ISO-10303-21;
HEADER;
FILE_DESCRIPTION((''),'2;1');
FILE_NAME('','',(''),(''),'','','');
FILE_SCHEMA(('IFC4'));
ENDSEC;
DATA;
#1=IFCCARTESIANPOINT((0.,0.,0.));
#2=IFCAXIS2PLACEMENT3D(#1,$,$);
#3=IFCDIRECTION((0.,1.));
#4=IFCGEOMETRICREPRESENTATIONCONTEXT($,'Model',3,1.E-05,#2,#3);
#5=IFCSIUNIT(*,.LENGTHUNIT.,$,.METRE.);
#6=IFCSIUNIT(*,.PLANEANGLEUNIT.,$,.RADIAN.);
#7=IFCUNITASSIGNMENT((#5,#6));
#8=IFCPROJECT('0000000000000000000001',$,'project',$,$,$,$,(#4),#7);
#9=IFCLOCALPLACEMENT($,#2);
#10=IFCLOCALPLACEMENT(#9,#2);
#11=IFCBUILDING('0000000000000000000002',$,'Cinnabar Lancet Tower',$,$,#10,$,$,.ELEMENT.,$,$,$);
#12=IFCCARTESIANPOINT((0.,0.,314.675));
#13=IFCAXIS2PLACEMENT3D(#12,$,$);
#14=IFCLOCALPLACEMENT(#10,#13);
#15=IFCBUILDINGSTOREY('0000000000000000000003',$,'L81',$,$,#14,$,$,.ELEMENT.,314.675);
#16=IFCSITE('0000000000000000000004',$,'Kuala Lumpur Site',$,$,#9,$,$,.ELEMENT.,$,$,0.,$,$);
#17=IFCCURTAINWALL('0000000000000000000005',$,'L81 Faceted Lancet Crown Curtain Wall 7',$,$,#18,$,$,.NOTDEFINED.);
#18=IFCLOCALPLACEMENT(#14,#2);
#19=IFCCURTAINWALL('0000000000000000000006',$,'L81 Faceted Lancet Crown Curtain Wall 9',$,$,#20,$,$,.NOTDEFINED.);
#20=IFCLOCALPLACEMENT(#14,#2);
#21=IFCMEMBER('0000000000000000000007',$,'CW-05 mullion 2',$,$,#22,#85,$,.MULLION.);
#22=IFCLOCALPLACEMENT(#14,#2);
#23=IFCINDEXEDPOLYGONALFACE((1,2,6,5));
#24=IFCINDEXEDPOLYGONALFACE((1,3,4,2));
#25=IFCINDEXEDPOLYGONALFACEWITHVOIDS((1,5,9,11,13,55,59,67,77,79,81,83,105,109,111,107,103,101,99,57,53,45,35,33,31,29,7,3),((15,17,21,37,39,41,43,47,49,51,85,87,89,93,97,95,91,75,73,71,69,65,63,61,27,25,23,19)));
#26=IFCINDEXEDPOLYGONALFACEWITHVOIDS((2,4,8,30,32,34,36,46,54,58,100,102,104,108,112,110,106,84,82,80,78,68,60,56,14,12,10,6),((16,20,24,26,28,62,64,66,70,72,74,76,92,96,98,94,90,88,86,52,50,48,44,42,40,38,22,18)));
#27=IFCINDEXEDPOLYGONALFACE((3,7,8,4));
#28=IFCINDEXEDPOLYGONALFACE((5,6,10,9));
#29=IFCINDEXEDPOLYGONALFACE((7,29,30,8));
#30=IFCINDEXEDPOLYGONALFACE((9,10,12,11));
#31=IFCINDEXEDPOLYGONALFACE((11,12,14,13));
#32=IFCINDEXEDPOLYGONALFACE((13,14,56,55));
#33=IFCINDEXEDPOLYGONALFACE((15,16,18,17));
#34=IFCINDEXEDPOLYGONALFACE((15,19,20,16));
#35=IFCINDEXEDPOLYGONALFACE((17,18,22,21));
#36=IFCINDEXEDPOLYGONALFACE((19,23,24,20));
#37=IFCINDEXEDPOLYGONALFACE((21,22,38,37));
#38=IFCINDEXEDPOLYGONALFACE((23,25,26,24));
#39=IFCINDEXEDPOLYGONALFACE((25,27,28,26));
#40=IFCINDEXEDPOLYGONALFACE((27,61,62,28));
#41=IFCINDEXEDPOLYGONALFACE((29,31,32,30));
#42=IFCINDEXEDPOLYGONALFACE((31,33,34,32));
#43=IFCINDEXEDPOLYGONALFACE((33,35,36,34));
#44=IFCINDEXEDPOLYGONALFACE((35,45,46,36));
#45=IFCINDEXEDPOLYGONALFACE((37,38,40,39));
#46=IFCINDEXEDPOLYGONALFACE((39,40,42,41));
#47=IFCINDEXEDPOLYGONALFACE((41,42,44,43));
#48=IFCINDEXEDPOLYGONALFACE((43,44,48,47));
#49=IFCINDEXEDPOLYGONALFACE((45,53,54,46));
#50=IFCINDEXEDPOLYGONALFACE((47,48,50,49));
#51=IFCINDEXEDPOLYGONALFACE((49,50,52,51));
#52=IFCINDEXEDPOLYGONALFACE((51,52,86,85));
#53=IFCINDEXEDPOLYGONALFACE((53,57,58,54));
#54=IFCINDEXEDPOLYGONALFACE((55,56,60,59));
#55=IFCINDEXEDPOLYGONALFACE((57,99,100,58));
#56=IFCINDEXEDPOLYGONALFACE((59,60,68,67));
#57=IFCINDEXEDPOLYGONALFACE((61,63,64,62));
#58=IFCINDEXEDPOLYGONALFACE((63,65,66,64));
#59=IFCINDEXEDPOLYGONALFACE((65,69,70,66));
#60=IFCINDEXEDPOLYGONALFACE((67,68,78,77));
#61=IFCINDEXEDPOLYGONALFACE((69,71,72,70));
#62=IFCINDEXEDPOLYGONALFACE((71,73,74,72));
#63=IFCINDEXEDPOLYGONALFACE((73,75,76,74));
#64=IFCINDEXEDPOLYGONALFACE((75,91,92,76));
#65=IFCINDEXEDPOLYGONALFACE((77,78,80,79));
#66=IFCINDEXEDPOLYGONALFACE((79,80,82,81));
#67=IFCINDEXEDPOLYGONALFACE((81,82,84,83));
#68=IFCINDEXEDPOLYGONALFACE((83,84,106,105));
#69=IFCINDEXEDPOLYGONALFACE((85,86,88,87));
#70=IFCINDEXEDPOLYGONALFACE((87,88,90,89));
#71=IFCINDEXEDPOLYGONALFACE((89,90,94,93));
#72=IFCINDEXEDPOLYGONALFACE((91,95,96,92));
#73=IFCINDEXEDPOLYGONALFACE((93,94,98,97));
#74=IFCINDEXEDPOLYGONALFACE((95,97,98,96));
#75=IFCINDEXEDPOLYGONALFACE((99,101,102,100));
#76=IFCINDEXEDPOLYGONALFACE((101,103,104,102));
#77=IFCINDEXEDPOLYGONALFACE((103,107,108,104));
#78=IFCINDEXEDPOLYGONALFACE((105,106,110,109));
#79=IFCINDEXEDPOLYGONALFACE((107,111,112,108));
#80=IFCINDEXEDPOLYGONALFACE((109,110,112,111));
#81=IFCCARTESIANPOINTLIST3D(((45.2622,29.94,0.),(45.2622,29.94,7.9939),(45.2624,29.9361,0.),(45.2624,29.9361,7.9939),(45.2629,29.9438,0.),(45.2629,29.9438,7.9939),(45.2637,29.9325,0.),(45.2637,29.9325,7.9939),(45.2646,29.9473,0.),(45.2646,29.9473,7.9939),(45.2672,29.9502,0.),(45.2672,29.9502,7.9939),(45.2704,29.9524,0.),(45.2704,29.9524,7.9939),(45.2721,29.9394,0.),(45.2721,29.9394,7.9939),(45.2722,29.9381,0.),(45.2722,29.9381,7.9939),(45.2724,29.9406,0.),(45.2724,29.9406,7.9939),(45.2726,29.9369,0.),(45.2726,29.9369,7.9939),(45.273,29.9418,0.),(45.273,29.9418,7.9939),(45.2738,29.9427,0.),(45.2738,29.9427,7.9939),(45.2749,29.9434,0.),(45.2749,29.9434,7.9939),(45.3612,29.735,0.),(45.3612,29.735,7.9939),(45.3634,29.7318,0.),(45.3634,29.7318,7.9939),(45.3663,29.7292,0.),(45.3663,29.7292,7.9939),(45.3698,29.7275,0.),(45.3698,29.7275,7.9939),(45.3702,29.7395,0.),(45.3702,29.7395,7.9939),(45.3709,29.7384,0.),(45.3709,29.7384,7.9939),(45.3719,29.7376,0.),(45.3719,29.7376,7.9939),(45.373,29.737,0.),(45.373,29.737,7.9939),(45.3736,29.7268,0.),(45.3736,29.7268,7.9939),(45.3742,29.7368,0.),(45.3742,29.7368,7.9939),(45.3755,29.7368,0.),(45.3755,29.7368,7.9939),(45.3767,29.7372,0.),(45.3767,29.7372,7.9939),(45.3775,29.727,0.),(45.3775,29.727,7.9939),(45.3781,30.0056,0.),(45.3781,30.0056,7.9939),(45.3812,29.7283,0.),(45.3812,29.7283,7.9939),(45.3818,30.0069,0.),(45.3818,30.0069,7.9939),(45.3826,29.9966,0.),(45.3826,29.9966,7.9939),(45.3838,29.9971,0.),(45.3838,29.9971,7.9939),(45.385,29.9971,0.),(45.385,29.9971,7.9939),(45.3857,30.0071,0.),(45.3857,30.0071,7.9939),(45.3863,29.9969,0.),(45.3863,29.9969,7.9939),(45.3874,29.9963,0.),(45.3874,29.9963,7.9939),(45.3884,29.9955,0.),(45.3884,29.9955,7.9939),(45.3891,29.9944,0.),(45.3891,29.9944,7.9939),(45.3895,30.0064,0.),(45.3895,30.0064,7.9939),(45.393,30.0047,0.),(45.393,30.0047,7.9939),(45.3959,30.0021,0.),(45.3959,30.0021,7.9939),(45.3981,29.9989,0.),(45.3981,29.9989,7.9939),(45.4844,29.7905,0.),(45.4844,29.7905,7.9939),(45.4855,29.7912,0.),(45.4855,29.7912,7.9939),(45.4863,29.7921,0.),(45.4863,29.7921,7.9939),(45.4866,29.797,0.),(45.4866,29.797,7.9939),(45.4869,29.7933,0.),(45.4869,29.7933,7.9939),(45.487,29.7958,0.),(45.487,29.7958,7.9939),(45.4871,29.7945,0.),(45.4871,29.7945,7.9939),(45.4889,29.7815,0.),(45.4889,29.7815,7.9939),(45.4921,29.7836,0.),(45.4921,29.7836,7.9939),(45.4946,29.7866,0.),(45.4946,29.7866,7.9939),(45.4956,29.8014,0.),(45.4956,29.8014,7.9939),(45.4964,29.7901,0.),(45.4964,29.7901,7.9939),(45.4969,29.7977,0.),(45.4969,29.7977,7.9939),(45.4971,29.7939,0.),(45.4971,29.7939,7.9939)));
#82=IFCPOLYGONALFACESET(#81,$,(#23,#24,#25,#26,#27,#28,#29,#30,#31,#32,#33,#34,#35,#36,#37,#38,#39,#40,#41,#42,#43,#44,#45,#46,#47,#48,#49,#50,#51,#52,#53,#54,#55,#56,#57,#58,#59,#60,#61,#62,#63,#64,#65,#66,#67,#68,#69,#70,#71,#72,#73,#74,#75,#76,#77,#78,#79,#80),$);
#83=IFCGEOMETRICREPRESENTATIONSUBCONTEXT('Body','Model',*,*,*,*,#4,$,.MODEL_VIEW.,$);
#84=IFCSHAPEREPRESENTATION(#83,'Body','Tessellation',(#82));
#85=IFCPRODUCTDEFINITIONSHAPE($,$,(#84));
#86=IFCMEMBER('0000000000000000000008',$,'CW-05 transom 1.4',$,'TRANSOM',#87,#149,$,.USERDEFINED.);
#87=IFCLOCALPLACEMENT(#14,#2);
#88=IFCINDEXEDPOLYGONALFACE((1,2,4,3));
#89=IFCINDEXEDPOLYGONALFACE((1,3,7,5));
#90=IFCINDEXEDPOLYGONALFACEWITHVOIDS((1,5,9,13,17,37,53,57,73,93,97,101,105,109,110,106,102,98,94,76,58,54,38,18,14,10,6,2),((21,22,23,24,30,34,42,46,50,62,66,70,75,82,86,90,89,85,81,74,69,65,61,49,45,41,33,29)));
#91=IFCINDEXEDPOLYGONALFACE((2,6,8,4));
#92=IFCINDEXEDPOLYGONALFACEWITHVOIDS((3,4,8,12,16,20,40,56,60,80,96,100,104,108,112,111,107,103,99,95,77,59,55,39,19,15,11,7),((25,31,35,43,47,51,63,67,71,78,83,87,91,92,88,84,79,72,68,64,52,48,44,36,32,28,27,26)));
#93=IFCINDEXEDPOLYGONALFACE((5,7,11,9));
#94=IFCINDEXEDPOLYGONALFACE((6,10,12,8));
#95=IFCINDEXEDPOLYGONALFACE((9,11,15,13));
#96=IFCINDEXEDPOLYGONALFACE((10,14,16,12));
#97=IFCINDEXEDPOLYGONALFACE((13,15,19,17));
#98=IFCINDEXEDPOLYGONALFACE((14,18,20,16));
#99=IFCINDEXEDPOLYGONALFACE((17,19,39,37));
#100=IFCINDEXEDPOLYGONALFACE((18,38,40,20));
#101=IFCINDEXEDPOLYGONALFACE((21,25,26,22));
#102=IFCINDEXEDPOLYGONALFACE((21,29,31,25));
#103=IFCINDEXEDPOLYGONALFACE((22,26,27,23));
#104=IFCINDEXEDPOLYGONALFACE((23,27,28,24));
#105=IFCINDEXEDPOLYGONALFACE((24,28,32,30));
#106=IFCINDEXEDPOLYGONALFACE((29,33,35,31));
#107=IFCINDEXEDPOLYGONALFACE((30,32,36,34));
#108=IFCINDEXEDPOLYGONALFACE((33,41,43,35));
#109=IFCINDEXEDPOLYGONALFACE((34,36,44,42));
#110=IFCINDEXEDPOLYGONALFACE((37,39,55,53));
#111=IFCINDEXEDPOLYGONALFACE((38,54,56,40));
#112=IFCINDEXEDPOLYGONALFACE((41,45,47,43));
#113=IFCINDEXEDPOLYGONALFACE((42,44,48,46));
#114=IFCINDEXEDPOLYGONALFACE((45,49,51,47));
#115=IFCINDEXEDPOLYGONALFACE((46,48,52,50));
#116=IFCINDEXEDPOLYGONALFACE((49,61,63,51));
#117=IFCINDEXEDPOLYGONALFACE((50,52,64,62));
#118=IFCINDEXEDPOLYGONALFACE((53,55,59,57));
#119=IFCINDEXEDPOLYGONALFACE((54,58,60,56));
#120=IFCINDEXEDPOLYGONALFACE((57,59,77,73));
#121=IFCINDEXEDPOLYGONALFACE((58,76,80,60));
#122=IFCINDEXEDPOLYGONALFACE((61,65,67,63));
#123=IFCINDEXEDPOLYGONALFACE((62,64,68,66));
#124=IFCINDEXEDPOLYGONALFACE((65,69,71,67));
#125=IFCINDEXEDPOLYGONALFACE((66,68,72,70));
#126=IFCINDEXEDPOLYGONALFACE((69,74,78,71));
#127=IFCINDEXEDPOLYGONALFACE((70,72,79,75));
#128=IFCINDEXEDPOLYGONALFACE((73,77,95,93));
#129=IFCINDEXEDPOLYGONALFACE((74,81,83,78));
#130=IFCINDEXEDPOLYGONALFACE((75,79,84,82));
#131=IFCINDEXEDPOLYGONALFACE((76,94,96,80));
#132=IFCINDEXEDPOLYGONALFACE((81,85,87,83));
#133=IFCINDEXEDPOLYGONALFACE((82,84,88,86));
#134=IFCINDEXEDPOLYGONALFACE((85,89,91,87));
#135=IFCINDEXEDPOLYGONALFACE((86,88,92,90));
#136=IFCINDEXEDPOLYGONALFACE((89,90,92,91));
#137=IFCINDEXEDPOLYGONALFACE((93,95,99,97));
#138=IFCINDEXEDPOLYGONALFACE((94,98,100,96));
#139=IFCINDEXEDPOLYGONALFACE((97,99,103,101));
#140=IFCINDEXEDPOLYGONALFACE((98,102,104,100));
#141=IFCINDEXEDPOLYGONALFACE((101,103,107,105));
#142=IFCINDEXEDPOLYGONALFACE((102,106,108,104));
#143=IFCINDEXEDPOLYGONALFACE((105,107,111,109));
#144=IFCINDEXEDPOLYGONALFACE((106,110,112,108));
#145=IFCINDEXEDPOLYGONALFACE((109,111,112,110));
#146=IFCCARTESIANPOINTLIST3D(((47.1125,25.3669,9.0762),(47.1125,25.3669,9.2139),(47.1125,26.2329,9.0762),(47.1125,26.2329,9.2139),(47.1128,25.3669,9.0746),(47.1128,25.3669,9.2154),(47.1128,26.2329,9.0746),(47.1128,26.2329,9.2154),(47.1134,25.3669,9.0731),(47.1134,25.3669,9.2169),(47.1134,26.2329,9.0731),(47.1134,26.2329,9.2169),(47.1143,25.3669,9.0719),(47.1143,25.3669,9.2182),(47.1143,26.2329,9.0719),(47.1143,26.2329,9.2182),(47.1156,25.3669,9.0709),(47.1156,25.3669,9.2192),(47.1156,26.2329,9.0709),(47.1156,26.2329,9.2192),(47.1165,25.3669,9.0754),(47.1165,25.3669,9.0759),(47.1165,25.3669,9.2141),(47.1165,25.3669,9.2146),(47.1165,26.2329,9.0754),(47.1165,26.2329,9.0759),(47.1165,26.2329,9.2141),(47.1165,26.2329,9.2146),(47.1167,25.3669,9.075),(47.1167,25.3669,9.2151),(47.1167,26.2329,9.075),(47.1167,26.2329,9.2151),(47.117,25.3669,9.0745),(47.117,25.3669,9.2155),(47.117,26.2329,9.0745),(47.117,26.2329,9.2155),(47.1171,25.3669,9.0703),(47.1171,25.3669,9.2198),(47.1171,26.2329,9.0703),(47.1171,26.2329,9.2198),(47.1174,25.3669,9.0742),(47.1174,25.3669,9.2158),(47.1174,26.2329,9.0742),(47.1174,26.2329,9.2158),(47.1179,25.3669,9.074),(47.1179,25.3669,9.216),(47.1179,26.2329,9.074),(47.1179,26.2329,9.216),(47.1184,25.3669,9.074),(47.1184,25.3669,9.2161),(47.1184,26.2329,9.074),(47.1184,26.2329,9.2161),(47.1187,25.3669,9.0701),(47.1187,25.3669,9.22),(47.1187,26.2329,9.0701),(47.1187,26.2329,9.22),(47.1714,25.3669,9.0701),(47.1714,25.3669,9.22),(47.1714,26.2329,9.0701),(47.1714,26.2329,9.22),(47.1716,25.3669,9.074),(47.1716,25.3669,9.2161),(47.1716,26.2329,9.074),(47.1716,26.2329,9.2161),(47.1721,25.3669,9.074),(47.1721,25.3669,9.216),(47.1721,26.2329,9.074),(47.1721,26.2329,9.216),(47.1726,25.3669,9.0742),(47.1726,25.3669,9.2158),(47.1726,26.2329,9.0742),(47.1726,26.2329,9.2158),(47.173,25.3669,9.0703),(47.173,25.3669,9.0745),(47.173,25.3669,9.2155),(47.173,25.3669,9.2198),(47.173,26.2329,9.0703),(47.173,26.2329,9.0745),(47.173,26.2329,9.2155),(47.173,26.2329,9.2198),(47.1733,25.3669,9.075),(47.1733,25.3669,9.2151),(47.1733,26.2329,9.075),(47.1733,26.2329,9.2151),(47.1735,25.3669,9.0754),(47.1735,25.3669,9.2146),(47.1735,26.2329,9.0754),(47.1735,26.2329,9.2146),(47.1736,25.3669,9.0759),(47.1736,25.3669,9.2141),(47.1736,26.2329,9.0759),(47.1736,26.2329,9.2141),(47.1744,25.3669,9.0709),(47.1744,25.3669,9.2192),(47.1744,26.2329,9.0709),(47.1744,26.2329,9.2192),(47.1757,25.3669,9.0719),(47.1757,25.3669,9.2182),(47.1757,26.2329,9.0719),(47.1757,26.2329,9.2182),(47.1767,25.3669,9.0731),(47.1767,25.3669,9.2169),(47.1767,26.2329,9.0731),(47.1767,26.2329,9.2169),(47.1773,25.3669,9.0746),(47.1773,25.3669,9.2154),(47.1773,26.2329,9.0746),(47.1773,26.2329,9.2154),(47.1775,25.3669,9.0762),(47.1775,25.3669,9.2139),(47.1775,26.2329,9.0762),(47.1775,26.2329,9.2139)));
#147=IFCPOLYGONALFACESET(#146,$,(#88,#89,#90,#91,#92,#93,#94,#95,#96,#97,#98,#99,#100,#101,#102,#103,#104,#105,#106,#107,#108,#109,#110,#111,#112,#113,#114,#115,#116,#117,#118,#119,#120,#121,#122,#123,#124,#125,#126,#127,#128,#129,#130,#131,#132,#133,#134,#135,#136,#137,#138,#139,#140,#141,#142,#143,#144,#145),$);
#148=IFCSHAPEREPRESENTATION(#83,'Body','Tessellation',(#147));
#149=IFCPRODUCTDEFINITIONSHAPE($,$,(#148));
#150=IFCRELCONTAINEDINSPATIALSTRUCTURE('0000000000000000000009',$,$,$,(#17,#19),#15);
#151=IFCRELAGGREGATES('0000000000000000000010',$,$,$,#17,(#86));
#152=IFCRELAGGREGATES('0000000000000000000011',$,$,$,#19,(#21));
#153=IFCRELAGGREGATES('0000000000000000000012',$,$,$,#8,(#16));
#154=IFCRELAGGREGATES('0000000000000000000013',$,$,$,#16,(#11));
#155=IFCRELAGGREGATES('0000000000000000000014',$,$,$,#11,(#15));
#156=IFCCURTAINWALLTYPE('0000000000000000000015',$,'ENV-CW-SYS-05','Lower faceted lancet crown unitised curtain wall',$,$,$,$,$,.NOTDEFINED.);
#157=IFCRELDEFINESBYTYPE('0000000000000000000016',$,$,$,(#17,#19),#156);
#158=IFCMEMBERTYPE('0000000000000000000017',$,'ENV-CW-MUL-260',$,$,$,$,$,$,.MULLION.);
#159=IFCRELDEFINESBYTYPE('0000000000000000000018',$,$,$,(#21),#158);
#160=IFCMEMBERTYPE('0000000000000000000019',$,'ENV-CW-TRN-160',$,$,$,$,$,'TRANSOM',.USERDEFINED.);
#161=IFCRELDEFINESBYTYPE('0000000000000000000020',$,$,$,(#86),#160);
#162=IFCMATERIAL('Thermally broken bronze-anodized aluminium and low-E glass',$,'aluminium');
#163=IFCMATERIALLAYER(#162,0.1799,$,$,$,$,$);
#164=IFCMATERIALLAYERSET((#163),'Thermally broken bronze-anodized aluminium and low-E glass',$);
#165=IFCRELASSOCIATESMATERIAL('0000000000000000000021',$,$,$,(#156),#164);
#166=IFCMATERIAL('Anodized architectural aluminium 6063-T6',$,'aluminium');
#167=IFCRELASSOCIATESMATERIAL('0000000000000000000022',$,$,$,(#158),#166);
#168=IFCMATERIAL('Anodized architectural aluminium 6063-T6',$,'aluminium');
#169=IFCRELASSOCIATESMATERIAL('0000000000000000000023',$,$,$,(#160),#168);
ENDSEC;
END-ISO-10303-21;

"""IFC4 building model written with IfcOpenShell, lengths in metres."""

from ifc_helpers import new_model, si_unit, direction, frame, origin, origin_2d, place, context, subcontext, project, spatial, hollow_rectangle, extrude, material, layer, layer_set, material_profile, profile_set, type_object, element, aggregate, save


model = new_model("IFC4")

# Units and contexts
model_context = context("Model", 3, precision=1e-05, world=origin(), true_north=direction((0.0, 1.0)))
body_context = subcontext(model_context, "Body", "Model", "MODEL_VIEW")
ifc_project = project(units=[si_unit("LENGTHUNIT", "METRE"), si_unit("PLANEANGLEUNIT", "RADIAN")], contexts=[model_context])

# Site, building, storey
site_placement = place(None, origin())
site = spatial("IfcSite", under=ifc_project, at=site_placement, Name="Kuala Lumpur Site", CompositionType="ELEMENT", RefElevation=0.0)
building_placement = place(site_placement, origin())
building = spatial("IfcBuilding", under=site, at=building_placement, Name="Cinnabar Lancet Tower", CompositionType="ELEMENT")
storey_placement = place(building_placement, frame((0.0, 0.0, 314.675)))
storey = spatial("IfcBuildingStorey", under=building, at=storey_placement, Name="L81", CompositionType="ELEMENT", Elevation=314.675)

# Curtain wall
ifc_material_1 = material(Name="Thermally broken bronze-anodized aluminium and low-E glass", Category="aluminium")
ifc_layer_1 = layer(ifc_material_1, 0.1799)
ifc_layer_set_1 = layer_set([ifc_layer_1], Name="Thermally broken bronze-anodized aluminium and low-E glass")
curtain_wall_type = type_object("IfcCurtainWallType", Name="ENV-CW-SYS-05", Description="Lower faceted lancet crown unitised curtain wall", PredefinedType="NOTDEFINED", material=ifc_layer_set_1)
curtain_wall_1_placement = place(storey_placement, origin())
curtain_wall_1 = element("IfcCurtainWall", 1, at=curtain_wall_1_placement, inside=storey, type_object=curtain_wall_type, Name="L81 Faceted Lancet Crown Curtain Wall 7", PredefinedType="NOTDEFINED")
ifc_material_2 = material(Name="Anodized architectural aluminium 6063-T6", Category="aluminium")
ifc_material_profile_1 = material_profile(ifc_material_2, hollow_rectangle(XDim=0.1499, YDim=0.25, WallThickness=0.01, InnerFilletRadius=0.0049, OuterFilletRadius=0.0149, at=origin_2d()), Name="RHS 250x150x10")
ifc_profile_set_1 = profile_set([ifc_material_profile_1], Name="Anodized architectural aluminium 6063-T6")
member_type_1 = type_object("IfcMemberType", Name="ENV-CW-MUL-260", PredefinedType="MULLION", material=ifc_profile_set_1)

# Curtain wall, member
curtain_wall_2_placement = place(storey_placement, origin())
curtain_wall_2 = element("IfcCurtainWall", 2, at=curtain_wall_2_placement, inside=storey, type_object=curtain_wall_type, Name="L81 Faceted Lancet Crown Curtain Wall 9", PredefinedType="NOTDEFINED")
member_1_placement = place(storey_placement, frame((45.3796, 29.8669, 0.0), z_axis=(0.0, 0.0, 1.0), x_axis=(-0.896552, -0.442939, 0.0)))
member_1 = element("IfcMember", 3, at=member_1_placement, type_object=member_type_1, Name="CW-05 mullion 2", PredefinedType="MULLION", context=body_context, shape_type="SweptSolid", body=[
    extrude(hollow_rectangle(XDim=0.1499, YDim=0.25, WallThickness=0.01, InnerFilletRadius=0.0049, OuterFilletRadius=0.0149, at=origin_2d()), origin(), (0.0, 0.0, 1.0), 7.9939),
])

# Member
ifc_material_3 = material(Name="Anodized architectural aluminium 6063-T6", Category="aluminium")
ifc_material_profile_2 = material_profile(ifc_material_3, hollow_rectangle(XDim=0.0649, YDim=0.1499, WallThickness=0.0039, InnerFilletRadius=0.002, OuterFilletRadius=0.0061, at=origin_2d()), Name="CW-TRN 150x65x4")
ifc_profile_set_2 = profile_set([ifc_material_profile_2], Name="Anodized architectural aluminium 6063-T6")
member_type_2 = type_object("IfcMemberType", Name="ENV-CW-TRN-160", ElementType="TRANSOM", PredefinedType="USERDEFINED", material=ifc_profile_set_2)
member_2_placement = place(storey_placement, frame((47.145, 25.3669, 9.145), z_axis=(0.0, 1.0, 0.0), x_axis=(-1.0, 0.0, 0.0)))
member_2 = element("IfcMember", 4, at=member_2_placement, type_object=member_type_2, Name="CW-05 transom 1.4", ObjectType="TRANSOM", PredefinedType="USERDEFINED", context=body_context, shape_type="SweptSolid", body=[
    extrude(hollow_rectangle(XDim=0.0649, YDim=0.1499, WallThickness=0.0039, InnerFilletRadius=0.002, OuterFilletRadius=0.0061, at=origin_2d()), origin(), (0.0, 0.0, 1.0), 0.866),
])

aggregate(curtain_wall_1, [member_2])
aggregate(curtain_wall_2, [member_1])

save(model, "model.ifc")
